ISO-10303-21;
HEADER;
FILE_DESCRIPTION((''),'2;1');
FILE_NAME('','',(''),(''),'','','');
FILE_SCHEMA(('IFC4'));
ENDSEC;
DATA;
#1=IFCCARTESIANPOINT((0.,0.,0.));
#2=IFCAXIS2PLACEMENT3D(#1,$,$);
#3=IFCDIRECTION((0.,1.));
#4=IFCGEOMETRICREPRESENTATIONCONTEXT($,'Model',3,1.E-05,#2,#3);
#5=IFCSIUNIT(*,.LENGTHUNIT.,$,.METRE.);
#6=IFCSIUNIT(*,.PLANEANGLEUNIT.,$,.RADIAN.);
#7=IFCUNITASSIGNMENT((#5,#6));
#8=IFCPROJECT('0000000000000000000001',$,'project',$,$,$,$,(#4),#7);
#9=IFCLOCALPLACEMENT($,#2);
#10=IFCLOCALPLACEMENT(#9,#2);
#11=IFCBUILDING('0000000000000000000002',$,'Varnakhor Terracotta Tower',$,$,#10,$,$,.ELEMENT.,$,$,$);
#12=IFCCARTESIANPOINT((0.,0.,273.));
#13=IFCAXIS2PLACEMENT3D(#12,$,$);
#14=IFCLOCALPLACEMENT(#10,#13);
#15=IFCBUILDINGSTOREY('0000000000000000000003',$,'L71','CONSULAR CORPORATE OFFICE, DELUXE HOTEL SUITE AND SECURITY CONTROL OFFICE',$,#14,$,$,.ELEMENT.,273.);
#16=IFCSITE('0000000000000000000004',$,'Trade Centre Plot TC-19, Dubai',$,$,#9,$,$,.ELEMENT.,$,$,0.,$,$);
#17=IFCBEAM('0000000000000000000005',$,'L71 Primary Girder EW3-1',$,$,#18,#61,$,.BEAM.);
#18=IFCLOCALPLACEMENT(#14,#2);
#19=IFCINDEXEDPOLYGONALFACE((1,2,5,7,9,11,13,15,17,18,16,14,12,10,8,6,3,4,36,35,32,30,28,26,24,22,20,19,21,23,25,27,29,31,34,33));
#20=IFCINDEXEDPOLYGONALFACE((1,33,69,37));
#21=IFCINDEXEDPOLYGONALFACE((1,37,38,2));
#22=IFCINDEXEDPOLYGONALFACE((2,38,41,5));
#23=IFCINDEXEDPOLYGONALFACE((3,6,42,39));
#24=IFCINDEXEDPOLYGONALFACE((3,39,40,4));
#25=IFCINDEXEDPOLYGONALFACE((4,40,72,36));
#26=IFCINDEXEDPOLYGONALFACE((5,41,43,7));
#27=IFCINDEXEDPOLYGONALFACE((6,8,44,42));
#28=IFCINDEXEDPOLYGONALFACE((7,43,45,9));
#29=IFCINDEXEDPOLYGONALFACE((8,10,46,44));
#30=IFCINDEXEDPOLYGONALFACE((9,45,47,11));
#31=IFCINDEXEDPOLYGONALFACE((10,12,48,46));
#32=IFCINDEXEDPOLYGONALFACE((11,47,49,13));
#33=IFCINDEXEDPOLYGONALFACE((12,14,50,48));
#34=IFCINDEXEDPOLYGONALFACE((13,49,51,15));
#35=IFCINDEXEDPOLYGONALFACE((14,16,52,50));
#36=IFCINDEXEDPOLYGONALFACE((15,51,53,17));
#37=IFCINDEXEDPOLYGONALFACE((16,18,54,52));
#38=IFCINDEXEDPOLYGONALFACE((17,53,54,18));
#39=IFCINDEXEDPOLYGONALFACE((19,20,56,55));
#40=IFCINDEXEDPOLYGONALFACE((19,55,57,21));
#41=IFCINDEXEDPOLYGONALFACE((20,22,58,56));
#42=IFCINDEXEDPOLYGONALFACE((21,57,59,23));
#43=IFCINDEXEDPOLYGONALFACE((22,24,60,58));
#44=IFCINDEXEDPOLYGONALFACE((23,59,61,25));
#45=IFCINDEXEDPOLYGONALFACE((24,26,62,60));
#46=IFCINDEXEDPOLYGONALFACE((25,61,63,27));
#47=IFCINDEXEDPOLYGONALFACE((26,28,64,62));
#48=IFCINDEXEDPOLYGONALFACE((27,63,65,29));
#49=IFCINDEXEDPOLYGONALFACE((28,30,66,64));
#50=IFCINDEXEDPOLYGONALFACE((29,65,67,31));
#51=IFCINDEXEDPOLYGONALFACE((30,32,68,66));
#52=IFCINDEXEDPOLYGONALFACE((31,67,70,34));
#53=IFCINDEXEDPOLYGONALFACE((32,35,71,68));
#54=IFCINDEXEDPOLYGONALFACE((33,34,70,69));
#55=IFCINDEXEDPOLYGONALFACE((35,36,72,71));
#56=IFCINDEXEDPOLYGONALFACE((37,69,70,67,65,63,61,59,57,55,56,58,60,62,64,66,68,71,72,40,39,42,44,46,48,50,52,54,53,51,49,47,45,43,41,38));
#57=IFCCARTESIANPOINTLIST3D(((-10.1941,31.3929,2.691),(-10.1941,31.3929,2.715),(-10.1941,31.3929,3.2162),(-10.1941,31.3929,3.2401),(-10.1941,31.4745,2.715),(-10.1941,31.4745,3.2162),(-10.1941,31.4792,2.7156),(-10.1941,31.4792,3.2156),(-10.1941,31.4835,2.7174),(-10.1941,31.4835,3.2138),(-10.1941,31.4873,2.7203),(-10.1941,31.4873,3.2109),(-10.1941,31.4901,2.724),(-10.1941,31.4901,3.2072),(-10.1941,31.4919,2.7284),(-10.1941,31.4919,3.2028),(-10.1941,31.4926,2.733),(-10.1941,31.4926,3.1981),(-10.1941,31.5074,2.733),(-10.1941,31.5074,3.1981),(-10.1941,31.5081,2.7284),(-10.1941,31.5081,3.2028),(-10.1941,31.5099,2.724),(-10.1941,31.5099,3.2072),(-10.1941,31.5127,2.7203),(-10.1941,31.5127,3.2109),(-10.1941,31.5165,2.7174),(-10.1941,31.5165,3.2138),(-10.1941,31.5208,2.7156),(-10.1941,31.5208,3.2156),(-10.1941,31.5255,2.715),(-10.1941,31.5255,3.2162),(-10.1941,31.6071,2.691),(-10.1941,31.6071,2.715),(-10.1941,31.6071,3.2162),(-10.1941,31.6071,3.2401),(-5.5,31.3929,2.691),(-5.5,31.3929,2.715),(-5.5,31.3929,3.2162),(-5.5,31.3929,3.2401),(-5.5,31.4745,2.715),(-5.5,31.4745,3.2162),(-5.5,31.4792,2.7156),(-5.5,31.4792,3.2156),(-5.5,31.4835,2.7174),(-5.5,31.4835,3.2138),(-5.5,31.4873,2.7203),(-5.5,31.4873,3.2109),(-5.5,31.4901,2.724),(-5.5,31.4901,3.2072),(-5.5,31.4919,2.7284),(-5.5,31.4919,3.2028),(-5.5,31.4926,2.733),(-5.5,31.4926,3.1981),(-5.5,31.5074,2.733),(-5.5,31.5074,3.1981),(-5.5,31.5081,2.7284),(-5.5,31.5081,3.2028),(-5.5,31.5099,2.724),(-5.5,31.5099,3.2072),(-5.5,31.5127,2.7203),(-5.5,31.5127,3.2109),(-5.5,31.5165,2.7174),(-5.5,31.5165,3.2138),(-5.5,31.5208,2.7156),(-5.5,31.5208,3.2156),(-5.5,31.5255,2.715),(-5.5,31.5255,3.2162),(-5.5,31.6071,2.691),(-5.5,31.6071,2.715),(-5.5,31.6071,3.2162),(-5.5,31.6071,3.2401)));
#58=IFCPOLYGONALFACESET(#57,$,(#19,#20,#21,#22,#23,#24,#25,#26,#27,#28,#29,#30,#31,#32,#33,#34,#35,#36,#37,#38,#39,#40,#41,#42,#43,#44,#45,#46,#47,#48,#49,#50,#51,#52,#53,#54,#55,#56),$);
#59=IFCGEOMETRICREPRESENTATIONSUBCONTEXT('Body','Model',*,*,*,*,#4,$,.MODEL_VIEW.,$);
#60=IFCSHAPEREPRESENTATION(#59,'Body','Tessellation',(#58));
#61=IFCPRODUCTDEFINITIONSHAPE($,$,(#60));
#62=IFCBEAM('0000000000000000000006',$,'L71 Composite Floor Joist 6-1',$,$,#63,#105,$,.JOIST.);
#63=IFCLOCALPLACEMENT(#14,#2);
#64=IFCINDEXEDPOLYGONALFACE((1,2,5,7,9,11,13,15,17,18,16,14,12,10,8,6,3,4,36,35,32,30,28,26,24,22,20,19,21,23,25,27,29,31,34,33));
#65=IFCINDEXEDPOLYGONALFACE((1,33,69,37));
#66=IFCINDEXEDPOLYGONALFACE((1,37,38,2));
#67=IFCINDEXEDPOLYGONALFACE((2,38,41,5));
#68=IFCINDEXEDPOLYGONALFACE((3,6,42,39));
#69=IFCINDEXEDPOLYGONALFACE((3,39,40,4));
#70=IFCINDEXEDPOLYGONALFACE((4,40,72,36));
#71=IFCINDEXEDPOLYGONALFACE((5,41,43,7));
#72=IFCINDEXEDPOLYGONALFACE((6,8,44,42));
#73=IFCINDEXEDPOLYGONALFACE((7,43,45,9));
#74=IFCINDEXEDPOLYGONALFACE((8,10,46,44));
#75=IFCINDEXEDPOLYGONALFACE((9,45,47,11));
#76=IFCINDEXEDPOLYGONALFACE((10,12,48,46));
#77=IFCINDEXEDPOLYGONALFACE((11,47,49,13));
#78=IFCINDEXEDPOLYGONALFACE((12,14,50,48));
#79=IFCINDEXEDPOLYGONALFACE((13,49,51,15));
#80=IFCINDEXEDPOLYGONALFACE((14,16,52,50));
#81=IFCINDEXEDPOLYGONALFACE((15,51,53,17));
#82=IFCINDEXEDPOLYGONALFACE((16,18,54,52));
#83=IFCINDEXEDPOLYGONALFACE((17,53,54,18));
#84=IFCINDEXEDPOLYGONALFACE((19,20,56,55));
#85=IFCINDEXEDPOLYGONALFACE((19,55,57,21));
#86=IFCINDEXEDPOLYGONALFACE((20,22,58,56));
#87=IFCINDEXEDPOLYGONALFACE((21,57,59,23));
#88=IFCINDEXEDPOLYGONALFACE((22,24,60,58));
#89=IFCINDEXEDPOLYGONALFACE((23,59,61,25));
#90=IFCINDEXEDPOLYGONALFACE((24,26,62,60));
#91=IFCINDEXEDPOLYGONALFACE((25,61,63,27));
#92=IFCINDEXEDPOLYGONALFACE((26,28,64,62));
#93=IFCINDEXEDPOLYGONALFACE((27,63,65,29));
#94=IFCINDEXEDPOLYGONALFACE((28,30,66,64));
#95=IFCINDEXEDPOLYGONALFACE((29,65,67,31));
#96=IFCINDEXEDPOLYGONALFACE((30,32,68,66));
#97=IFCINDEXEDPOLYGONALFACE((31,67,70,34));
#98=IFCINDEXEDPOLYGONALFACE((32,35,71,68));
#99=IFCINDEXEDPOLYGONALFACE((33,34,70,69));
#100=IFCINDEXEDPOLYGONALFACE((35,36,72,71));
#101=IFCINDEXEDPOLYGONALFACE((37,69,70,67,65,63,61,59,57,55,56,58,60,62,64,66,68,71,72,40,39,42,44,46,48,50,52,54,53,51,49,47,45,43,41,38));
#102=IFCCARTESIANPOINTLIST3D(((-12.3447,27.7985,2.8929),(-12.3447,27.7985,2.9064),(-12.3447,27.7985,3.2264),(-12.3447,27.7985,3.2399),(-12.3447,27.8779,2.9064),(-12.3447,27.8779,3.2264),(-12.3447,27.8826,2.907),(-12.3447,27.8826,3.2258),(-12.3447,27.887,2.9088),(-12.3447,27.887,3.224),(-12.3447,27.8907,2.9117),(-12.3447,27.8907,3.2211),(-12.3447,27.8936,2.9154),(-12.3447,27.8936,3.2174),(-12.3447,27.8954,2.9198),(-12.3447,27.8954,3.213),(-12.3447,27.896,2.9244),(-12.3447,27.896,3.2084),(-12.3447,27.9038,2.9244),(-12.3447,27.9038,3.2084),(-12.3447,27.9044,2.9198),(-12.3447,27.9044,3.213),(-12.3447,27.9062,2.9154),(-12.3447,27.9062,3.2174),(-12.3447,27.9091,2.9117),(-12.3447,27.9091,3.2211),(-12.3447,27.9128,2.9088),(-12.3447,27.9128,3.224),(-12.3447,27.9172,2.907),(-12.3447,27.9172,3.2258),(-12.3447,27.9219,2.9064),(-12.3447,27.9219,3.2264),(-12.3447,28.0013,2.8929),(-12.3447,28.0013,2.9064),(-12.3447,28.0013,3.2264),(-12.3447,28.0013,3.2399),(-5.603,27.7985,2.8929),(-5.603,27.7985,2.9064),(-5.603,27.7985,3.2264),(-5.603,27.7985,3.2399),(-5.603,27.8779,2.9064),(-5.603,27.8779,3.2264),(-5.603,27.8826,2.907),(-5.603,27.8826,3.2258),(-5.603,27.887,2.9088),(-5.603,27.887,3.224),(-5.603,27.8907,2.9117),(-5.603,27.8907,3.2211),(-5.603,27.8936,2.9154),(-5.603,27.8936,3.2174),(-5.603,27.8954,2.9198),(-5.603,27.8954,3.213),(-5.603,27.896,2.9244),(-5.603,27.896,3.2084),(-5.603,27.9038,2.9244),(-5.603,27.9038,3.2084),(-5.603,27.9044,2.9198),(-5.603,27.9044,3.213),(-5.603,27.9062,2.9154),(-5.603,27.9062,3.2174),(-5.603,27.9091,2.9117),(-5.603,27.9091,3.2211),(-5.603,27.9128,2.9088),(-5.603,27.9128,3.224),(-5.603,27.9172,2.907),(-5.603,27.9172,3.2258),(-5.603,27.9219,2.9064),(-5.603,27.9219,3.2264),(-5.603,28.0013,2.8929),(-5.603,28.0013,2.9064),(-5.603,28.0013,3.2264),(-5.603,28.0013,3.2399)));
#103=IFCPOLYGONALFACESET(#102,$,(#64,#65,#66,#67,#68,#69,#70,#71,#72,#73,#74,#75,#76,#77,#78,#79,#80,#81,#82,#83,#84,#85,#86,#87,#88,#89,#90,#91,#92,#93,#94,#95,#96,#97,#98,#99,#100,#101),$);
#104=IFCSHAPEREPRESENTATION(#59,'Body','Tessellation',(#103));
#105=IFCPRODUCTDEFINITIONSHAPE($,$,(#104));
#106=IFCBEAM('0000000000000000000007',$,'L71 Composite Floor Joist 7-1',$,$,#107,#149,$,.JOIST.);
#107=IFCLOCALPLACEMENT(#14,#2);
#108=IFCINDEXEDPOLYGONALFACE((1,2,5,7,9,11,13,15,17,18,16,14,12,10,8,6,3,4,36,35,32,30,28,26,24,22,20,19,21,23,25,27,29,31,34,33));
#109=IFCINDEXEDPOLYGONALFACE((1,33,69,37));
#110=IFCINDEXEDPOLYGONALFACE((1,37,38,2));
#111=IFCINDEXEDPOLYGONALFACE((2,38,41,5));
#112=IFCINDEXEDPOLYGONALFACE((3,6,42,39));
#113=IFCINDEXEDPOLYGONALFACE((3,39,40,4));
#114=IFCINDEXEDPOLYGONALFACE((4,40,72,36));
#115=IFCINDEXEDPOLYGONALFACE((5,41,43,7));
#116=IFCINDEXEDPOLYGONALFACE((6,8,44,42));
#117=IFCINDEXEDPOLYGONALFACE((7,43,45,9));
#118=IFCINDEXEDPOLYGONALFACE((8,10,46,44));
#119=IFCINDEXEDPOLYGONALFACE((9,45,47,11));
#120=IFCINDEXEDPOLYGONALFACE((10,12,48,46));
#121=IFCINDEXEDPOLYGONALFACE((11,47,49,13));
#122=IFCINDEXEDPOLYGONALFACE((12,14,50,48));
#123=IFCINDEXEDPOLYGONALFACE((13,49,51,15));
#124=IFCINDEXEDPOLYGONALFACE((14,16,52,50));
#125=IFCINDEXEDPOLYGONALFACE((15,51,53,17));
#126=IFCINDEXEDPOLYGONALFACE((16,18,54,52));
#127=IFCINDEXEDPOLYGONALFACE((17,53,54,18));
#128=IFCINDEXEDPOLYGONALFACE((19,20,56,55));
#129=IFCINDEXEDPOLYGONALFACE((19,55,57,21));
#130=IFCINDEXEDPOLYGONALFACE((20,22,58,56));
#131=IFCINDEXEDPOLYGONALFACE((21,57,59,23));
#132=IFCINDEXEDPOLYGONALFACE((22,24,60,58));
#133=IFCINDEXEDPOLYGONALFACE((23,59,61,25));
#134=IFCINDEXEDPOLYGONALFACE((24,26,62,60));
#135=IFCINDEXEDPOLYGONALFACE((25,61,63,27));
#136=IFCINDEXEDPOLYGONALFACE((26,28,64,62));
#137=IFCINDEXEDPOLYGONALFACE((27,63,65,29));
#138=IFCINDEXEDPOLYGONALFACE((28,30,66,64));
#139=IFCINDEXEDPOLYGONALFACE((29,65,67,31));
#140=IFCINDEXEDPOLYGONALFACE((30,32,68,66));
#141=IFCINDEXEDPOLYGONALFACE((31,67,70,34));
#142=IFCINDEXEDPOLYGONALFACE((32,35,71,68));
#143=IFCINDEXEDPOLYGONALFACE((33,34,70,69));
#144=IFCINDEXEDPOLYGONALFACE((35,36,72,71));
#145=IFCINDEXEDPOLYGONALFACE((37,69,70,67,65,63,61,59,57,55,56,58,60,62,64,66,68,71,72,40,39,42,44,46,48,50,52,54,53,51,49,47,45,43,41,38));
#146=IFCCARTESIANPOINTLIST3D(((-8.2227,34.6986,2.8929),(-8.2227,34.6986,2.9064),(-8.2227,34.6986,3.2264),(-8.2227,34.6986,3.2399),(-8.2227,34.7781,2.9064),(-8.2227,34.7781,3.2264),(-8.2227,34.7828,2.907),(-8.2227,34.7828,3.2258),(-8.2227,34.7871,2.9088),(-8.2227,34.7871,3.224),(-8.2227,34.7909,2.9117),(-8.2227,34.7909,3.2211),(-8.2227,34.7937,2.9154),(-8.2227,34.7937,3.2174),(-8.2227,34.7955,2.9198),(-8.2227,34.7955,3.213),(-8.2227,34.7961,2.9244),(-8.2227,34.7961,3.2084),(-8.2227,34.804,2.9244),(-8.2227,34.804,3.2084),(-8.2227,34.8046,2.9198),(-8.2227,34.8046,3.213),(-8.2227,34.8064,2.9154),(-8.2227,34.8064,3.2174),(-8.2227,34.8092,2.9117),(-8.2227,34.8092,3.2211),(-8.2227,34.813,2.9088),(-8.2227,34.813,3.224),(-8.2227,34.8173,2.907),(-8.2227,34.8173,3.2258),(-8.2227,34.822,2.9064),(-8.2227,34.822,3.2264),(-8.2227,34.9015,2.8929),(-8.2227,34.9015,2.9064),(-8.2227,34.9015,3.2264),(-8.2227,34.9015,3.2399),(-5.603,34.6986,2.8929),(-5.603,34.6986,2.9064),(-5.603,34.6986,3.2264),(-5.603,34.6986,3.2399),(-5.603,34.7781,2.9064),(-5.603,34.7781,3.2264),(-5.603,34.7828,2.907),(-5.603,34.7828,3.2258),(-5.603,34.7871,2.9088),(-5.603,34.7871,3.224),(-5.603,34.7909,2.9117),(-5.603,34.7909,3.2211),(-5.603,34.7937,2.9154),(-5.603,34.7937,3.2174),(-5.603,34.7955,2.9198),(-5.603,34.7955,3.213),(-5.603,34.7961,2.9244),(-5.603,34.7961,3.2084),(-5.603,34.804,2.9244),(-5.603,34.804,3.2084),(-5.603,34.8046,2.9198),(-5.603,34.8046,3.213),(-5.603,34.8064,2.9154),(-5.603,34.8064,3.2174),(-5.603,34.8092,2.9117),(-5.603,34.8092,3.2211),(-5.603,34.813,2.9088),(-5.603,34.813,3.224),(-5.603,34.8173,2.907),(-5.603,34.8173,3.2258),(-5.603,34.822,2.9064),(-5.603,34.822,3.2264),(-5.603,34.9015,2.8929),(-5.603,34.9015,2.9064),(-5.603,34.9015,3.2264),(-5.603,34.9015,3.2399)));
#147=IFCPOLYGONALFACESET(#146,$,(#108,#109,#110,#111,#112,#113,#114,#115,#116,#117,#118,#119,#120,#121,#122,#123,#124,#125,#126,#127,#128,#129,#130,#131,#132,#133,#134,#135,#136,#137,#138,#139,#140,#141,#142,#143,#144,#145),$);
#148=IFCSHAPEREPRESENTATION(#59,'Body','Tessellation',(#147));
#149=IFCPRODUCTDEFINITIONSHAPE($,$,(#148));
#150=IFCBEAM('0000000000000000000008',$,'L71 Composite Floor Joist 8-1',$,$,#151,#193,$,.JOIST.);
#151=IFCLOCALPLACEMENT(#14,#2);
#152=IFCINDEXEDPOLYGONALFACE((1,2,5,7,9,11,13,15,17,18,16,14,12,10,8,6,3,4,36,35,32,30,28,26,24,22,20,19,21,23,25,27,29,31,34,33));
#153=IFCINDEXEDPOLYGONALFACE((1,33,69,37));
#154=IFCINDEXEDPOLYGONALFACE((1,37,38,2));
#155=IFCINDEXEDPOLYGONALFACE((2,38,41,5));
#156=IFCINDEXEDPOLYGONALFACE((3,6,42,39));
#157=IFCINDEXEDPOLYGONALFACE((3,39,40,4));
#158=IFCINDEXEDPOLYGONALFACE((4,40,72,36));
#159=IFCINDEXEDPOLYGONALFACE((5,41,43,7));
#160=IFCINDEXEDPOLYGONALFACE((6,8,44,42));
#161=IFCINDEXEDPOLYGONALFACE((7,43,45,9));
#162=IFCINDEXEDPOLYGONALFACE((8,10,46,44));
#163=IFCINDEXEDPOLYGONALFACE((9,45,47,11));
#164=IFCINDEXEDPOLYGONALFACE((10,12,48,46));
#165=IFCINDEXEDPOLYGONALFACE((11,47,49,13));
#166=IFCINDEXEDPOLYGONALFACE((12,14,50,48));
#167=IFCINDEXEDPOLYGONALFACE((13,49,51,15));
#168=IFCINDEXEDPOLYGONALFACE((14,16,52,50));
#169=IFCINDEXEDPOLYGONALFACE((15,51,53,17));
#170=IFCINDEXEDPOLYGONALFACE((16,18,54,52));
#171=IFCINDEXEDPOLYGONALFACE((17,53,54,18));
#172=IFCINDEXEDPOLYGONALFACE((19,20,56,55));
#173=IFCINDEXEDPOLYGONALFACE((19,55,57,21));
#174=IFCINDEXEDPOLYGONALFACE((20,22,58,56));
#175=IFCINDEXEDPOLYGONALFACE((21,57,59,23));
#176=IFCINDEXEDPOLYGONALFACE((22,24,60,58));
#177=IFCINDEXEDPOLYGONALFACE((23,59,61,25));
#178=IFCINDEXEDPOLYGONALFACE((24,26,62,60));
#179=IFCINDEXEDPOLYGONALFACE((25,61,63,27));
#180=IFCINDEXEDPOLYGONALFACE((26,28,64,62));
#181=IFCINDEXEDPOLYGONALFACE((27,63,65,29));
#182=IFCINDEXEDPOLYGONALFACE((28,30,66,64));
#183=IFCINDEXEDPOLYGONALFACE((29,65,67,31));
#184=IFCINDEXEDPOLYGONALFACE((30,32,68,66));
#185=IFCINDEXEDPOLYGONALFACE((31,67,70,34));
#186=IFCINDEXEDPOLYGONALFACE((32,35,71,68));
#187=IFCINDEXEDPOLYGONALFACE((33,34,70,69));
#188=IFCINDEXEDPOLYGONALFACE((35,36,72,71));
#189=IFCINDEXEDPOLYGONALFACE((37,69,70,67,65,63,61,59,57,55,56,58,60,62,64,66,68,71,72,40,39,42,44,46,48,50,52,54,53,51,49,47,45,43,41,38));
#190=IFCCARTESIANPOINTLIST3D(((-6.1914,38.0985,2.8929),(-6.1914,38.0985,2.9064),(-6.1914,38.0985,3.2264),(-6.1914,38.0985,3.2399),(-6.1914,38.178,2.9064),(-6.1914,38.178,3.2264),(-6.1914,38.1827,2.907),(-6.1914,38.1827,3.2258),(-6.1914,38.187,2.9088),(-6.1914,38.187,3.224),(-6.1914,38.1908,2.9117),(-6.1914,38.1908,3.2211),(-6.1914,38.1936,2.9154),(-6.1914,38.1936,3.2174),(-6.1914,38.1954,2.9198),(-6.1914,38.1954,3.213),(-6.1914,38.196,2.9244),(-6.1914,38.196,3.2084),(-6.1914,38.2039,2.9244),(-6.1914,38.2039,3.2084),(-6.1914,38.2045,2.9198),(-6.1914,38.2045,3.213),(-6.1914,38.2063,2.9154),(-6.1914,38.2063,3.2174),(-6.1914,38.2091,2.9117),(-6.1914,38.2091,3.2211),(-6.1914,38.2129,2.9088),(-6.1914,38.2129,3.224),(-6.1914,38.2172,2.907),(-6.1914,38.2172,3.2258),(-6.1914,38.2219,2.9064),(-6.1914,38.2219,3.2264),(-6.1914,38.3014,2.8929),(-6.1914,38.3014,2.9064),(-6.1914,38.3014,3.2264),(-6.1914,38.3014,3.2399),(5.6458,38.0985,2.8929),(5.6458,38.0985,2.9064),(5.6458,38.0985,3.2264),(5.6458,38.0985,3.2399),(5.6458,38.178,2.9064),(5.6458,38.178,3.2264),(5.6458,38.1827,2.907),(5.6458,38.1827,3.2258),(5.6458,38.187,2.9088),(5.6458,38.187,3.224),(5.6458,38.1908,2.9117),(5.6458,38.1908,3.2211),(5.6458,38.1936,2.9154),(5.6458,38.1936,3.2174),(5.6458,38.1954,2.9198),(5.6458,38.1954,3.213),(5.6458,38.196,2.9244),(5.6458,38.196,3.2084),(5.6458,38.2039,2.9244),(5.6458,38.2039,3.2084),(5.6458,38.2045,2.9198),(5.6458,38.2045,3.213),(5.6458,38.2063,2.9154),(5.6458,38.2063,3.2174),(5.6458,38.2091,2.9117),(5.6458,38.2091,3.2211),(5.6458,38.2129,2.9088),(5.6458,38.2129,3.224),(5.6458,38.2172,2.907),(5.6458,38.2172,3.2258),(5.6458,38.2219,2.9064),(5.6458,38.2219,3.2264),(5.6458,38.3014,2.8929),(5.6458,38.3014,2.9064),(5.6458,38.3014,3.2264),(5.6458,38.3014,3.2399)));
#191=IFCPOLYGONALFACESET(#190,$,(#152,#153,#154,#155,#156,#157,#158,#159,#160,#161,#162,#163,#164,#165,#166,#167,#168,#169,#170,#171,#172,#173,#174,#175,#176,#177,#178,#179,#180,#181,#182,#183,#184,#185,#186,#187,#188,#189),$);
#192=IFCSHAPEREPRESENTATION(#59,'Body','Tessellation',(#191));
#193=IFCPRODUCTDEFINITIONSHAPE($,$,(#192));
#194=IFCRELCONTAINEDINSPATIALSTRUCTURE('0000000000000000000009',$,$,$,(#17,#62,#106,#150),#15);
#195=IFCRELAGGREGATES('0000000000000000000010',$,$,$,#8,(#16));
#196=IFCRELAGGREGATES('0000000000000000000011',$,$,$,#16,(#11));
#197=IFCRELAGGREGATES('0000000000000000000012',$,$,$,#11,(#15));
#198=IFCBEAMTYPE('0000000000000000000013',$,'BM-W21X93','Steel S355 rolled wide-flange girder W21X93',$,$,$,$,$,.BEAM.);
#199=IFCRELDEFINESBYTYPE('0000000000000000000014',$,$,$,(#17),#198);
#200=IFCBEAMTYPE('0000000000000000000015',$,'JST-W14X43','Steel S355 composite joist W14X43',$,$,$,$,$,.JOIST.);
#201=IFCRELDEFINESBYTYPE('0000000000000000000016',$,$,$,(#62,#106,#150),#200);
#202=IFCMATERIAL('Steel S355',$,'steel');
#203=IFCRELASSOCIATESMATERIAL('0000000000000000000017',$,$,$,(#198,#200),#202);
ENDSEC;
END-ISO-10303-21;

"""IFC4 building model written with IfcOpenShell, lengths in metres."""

from ifc_helpers import new_model, si_unit, direction, frame, origin, origin_2d, place, context, subcontext, project, spatial, i_section, extrude, source, transform, mapped, material, material_profile, profile_set, type_object, element, save


model = new_model("IFC4")

# Units and contexts
model_context = context("Model", 3, precision=1e-05, world=origin(), true_north=direction((0.0, 1.0)))
body_context = subcontext(model_context, "Body", "Model", "MODEL_VIEW")
ifc_project = project(units=[si_unit("LENGTHUNIT", "METRE"), si_unit("PLANEANGLEUNIT", "RADIAN")], contexts=[model_context])

# Site, building, storey
site_placement = place(None, origin())
site = spatial("IfcSite", under=ifc_project, at=site_placement, Name="Trade Centre Plot TC-19, Dubai", CompositionType="ELEMENT", RefElevation=0.0)
building_placement = place(site_placement, origin())
building = spatial("IfcBuilding", under=site, at=building_placement, Name="Varnakhor Terracotta Tower", CompositionType="ELEMENT")
storey_placement = place(building_placement, frame((0.0, 0.0, 273.0)))
storey = spatial("IfcBuildingStorey", under=building, at=storey_placement, Name="L71", Description="CONSULAR CORPORATE OFFICE, DELUXE HOTEL SUITE AND SECURITY CONTROL OFFICE", CompositionType="ELEMENT", Elevation=273.0)

# Beams
ifc_material_1 = material(Name="Steel S355", Category="steel")
ifc_material_profile_1 = material_profile(ifc_material_1, i_section(OverallWidth=0.2141, OverallDepth=0.5491, WebThickness=0.0149, FlangeThickness=0.0239, FilletRadius=0.0181, at=origin_2d()), Name="W21X93")
ifc_profile_set_1 = profile_set([ifc_material_profile_1], Name="Steel S355")
beam_type_1 = type_object("IfcBeamType", Name="BM-W21X93", Description="Steel S355 rolled wide-flange girder W21X93", PredefinedType="BEAM", material=ifc_profile_set_1)
ifc_material_profile_2 = material_profile(ifc_material_1, i_section(OverallWidth=0.2029, OverallDepth=0.3469, WebThickness=0.0078, FlangeThickness=0.0134, FilletRadius=0.0181, at=origin_2d()), Name="W14X43")
ifc_profile_set_2 = profile_set([ifc_material_profile_2], Name="Steel S355")
beam_type_2 = type_object("IfcBeamType", Name="JST-W14X43", Description="Steel S355 composite joist W14X43", PredefinedType="JOIST", material=ifc_profile_set_2)
shared_shape_1 = source(origin(), body_context, "Body", "SweptSolid", [
    extrude(i_section(OverallWidth=0.2141, OverallDepth=0.5491, WebThickness=0.0149, FlangeThickness=0.0239, FilletRadius=0.0181, at=origin_2d()), origin(), (0.0, 0.0, 1.0), 4.6941),
])
beam_1_placement = place(storey_placement, frame((-10.1941, 31.5, 2.9656), z_axis=(1.0, 0.0, 0.0), x_axis=(0.0, 1.0, 0.0)))
element("IfcBeam", 1, at=beam_1_placement, inside=storey, type_object=beam_type_1, Name="L71 Primary Girder EW3-1", PredefinedType="BEAM", context=body_context, shape_type="MappedRepresentation", body=[
    mapped(shared_shape_1, transform((0.0, 0.0, 0.0), scale=1.0)),
])
shared_shape_2 = source(origin(), body_context, "Body", "SweptSolid", [
    extrude(i_section(OverallWidth=0.2029, OverallDepth=0.3469, WebThickness=0.0078, FlangeThickness=0.0134, FilletRadius=0.0181, at=origin_2d()), origin(), (0.0, 0.0, 1.0), 6.7417),
])
beam_2_placement = place(storey_placement, frame((-12.3447, 27.8999, 3.0664), z_axis=(1.0, 0.0, 0.0), x_axis=(0.0, 1.0, 0.0)))
element("IfcBeam", 2, at=beam_2_placement, inside=storey, type_object=beam_type_2, Name="L71 Composite Floor Joist 6-1", PredefinedType="JOIST", context=body_context, shape_type="MappedRepresentation", body=[
    mapped(shared_shape_2, transform((0.0, 0.0, 0.0), scale=1.0)),
])
shared_shape_3 = source(origin(), body_context, "Body", "SweptSolid", [
    extrude(i_section(OverallWidth=0.2029, OverallDepth=0.3469, WebThickness=0.0078, FlangeThickness=0.0134, FilletRadius=0.0181, at=origin_2d()), origin(), (0.0, 0.0, 1.0), 2.6196),
])
beam_3_placement = place(storey_placement, frame((-8.2227, 34.8, 3.0664), z_axis=(1.0, 0.0, 0.0), x_axis=(0.0, 1.0, 0.0)))
element("IfcBeam", 3, at=beam_3_placement, inside=storey, type_object=beam_type_2, Name="L71 Composite Floor Joist 7-1", PredefinedType="JOIST", context=body_context, shape_type="MappedRepresentation", body=[
    mapped(shared_shape_3, transform((0.0, 0.0, 0.0), scale=1.0)),
])
shared_shape_4 = source(origin(), body_context, "Body", "SweptSolid", [
    extrude(i_section(OverallWidth=0.2029, OverallDepth=0.3469, WebThickness=0.0078, FlangeThickness=0.0134, FilletRadius=0.0181, at=origin_2d()), origin(), (0.0, 0.0, 1.0), 11.8372),
])
beam_4_placement = place(storey_placement, frame((-6.1914, 38.2, 3.0664), z_axis=(1.0, 0.0, 0.0), x_axis=(0.0, 1.0, 0.0)))
element("IfcBeam", 4, at=beam_4_placement, inside=storey, type_object=beam_type_2, Name="L71 Composite Floor Joist 8-1", PredefinedType="JOIST", context=body_context, shape_type="MappedRepresentation", body=[
    mapped(shared_shape_4, transform((0.0, 0.0, 0.0), scale=1.0)),
])

save(model, "model.ifc")
